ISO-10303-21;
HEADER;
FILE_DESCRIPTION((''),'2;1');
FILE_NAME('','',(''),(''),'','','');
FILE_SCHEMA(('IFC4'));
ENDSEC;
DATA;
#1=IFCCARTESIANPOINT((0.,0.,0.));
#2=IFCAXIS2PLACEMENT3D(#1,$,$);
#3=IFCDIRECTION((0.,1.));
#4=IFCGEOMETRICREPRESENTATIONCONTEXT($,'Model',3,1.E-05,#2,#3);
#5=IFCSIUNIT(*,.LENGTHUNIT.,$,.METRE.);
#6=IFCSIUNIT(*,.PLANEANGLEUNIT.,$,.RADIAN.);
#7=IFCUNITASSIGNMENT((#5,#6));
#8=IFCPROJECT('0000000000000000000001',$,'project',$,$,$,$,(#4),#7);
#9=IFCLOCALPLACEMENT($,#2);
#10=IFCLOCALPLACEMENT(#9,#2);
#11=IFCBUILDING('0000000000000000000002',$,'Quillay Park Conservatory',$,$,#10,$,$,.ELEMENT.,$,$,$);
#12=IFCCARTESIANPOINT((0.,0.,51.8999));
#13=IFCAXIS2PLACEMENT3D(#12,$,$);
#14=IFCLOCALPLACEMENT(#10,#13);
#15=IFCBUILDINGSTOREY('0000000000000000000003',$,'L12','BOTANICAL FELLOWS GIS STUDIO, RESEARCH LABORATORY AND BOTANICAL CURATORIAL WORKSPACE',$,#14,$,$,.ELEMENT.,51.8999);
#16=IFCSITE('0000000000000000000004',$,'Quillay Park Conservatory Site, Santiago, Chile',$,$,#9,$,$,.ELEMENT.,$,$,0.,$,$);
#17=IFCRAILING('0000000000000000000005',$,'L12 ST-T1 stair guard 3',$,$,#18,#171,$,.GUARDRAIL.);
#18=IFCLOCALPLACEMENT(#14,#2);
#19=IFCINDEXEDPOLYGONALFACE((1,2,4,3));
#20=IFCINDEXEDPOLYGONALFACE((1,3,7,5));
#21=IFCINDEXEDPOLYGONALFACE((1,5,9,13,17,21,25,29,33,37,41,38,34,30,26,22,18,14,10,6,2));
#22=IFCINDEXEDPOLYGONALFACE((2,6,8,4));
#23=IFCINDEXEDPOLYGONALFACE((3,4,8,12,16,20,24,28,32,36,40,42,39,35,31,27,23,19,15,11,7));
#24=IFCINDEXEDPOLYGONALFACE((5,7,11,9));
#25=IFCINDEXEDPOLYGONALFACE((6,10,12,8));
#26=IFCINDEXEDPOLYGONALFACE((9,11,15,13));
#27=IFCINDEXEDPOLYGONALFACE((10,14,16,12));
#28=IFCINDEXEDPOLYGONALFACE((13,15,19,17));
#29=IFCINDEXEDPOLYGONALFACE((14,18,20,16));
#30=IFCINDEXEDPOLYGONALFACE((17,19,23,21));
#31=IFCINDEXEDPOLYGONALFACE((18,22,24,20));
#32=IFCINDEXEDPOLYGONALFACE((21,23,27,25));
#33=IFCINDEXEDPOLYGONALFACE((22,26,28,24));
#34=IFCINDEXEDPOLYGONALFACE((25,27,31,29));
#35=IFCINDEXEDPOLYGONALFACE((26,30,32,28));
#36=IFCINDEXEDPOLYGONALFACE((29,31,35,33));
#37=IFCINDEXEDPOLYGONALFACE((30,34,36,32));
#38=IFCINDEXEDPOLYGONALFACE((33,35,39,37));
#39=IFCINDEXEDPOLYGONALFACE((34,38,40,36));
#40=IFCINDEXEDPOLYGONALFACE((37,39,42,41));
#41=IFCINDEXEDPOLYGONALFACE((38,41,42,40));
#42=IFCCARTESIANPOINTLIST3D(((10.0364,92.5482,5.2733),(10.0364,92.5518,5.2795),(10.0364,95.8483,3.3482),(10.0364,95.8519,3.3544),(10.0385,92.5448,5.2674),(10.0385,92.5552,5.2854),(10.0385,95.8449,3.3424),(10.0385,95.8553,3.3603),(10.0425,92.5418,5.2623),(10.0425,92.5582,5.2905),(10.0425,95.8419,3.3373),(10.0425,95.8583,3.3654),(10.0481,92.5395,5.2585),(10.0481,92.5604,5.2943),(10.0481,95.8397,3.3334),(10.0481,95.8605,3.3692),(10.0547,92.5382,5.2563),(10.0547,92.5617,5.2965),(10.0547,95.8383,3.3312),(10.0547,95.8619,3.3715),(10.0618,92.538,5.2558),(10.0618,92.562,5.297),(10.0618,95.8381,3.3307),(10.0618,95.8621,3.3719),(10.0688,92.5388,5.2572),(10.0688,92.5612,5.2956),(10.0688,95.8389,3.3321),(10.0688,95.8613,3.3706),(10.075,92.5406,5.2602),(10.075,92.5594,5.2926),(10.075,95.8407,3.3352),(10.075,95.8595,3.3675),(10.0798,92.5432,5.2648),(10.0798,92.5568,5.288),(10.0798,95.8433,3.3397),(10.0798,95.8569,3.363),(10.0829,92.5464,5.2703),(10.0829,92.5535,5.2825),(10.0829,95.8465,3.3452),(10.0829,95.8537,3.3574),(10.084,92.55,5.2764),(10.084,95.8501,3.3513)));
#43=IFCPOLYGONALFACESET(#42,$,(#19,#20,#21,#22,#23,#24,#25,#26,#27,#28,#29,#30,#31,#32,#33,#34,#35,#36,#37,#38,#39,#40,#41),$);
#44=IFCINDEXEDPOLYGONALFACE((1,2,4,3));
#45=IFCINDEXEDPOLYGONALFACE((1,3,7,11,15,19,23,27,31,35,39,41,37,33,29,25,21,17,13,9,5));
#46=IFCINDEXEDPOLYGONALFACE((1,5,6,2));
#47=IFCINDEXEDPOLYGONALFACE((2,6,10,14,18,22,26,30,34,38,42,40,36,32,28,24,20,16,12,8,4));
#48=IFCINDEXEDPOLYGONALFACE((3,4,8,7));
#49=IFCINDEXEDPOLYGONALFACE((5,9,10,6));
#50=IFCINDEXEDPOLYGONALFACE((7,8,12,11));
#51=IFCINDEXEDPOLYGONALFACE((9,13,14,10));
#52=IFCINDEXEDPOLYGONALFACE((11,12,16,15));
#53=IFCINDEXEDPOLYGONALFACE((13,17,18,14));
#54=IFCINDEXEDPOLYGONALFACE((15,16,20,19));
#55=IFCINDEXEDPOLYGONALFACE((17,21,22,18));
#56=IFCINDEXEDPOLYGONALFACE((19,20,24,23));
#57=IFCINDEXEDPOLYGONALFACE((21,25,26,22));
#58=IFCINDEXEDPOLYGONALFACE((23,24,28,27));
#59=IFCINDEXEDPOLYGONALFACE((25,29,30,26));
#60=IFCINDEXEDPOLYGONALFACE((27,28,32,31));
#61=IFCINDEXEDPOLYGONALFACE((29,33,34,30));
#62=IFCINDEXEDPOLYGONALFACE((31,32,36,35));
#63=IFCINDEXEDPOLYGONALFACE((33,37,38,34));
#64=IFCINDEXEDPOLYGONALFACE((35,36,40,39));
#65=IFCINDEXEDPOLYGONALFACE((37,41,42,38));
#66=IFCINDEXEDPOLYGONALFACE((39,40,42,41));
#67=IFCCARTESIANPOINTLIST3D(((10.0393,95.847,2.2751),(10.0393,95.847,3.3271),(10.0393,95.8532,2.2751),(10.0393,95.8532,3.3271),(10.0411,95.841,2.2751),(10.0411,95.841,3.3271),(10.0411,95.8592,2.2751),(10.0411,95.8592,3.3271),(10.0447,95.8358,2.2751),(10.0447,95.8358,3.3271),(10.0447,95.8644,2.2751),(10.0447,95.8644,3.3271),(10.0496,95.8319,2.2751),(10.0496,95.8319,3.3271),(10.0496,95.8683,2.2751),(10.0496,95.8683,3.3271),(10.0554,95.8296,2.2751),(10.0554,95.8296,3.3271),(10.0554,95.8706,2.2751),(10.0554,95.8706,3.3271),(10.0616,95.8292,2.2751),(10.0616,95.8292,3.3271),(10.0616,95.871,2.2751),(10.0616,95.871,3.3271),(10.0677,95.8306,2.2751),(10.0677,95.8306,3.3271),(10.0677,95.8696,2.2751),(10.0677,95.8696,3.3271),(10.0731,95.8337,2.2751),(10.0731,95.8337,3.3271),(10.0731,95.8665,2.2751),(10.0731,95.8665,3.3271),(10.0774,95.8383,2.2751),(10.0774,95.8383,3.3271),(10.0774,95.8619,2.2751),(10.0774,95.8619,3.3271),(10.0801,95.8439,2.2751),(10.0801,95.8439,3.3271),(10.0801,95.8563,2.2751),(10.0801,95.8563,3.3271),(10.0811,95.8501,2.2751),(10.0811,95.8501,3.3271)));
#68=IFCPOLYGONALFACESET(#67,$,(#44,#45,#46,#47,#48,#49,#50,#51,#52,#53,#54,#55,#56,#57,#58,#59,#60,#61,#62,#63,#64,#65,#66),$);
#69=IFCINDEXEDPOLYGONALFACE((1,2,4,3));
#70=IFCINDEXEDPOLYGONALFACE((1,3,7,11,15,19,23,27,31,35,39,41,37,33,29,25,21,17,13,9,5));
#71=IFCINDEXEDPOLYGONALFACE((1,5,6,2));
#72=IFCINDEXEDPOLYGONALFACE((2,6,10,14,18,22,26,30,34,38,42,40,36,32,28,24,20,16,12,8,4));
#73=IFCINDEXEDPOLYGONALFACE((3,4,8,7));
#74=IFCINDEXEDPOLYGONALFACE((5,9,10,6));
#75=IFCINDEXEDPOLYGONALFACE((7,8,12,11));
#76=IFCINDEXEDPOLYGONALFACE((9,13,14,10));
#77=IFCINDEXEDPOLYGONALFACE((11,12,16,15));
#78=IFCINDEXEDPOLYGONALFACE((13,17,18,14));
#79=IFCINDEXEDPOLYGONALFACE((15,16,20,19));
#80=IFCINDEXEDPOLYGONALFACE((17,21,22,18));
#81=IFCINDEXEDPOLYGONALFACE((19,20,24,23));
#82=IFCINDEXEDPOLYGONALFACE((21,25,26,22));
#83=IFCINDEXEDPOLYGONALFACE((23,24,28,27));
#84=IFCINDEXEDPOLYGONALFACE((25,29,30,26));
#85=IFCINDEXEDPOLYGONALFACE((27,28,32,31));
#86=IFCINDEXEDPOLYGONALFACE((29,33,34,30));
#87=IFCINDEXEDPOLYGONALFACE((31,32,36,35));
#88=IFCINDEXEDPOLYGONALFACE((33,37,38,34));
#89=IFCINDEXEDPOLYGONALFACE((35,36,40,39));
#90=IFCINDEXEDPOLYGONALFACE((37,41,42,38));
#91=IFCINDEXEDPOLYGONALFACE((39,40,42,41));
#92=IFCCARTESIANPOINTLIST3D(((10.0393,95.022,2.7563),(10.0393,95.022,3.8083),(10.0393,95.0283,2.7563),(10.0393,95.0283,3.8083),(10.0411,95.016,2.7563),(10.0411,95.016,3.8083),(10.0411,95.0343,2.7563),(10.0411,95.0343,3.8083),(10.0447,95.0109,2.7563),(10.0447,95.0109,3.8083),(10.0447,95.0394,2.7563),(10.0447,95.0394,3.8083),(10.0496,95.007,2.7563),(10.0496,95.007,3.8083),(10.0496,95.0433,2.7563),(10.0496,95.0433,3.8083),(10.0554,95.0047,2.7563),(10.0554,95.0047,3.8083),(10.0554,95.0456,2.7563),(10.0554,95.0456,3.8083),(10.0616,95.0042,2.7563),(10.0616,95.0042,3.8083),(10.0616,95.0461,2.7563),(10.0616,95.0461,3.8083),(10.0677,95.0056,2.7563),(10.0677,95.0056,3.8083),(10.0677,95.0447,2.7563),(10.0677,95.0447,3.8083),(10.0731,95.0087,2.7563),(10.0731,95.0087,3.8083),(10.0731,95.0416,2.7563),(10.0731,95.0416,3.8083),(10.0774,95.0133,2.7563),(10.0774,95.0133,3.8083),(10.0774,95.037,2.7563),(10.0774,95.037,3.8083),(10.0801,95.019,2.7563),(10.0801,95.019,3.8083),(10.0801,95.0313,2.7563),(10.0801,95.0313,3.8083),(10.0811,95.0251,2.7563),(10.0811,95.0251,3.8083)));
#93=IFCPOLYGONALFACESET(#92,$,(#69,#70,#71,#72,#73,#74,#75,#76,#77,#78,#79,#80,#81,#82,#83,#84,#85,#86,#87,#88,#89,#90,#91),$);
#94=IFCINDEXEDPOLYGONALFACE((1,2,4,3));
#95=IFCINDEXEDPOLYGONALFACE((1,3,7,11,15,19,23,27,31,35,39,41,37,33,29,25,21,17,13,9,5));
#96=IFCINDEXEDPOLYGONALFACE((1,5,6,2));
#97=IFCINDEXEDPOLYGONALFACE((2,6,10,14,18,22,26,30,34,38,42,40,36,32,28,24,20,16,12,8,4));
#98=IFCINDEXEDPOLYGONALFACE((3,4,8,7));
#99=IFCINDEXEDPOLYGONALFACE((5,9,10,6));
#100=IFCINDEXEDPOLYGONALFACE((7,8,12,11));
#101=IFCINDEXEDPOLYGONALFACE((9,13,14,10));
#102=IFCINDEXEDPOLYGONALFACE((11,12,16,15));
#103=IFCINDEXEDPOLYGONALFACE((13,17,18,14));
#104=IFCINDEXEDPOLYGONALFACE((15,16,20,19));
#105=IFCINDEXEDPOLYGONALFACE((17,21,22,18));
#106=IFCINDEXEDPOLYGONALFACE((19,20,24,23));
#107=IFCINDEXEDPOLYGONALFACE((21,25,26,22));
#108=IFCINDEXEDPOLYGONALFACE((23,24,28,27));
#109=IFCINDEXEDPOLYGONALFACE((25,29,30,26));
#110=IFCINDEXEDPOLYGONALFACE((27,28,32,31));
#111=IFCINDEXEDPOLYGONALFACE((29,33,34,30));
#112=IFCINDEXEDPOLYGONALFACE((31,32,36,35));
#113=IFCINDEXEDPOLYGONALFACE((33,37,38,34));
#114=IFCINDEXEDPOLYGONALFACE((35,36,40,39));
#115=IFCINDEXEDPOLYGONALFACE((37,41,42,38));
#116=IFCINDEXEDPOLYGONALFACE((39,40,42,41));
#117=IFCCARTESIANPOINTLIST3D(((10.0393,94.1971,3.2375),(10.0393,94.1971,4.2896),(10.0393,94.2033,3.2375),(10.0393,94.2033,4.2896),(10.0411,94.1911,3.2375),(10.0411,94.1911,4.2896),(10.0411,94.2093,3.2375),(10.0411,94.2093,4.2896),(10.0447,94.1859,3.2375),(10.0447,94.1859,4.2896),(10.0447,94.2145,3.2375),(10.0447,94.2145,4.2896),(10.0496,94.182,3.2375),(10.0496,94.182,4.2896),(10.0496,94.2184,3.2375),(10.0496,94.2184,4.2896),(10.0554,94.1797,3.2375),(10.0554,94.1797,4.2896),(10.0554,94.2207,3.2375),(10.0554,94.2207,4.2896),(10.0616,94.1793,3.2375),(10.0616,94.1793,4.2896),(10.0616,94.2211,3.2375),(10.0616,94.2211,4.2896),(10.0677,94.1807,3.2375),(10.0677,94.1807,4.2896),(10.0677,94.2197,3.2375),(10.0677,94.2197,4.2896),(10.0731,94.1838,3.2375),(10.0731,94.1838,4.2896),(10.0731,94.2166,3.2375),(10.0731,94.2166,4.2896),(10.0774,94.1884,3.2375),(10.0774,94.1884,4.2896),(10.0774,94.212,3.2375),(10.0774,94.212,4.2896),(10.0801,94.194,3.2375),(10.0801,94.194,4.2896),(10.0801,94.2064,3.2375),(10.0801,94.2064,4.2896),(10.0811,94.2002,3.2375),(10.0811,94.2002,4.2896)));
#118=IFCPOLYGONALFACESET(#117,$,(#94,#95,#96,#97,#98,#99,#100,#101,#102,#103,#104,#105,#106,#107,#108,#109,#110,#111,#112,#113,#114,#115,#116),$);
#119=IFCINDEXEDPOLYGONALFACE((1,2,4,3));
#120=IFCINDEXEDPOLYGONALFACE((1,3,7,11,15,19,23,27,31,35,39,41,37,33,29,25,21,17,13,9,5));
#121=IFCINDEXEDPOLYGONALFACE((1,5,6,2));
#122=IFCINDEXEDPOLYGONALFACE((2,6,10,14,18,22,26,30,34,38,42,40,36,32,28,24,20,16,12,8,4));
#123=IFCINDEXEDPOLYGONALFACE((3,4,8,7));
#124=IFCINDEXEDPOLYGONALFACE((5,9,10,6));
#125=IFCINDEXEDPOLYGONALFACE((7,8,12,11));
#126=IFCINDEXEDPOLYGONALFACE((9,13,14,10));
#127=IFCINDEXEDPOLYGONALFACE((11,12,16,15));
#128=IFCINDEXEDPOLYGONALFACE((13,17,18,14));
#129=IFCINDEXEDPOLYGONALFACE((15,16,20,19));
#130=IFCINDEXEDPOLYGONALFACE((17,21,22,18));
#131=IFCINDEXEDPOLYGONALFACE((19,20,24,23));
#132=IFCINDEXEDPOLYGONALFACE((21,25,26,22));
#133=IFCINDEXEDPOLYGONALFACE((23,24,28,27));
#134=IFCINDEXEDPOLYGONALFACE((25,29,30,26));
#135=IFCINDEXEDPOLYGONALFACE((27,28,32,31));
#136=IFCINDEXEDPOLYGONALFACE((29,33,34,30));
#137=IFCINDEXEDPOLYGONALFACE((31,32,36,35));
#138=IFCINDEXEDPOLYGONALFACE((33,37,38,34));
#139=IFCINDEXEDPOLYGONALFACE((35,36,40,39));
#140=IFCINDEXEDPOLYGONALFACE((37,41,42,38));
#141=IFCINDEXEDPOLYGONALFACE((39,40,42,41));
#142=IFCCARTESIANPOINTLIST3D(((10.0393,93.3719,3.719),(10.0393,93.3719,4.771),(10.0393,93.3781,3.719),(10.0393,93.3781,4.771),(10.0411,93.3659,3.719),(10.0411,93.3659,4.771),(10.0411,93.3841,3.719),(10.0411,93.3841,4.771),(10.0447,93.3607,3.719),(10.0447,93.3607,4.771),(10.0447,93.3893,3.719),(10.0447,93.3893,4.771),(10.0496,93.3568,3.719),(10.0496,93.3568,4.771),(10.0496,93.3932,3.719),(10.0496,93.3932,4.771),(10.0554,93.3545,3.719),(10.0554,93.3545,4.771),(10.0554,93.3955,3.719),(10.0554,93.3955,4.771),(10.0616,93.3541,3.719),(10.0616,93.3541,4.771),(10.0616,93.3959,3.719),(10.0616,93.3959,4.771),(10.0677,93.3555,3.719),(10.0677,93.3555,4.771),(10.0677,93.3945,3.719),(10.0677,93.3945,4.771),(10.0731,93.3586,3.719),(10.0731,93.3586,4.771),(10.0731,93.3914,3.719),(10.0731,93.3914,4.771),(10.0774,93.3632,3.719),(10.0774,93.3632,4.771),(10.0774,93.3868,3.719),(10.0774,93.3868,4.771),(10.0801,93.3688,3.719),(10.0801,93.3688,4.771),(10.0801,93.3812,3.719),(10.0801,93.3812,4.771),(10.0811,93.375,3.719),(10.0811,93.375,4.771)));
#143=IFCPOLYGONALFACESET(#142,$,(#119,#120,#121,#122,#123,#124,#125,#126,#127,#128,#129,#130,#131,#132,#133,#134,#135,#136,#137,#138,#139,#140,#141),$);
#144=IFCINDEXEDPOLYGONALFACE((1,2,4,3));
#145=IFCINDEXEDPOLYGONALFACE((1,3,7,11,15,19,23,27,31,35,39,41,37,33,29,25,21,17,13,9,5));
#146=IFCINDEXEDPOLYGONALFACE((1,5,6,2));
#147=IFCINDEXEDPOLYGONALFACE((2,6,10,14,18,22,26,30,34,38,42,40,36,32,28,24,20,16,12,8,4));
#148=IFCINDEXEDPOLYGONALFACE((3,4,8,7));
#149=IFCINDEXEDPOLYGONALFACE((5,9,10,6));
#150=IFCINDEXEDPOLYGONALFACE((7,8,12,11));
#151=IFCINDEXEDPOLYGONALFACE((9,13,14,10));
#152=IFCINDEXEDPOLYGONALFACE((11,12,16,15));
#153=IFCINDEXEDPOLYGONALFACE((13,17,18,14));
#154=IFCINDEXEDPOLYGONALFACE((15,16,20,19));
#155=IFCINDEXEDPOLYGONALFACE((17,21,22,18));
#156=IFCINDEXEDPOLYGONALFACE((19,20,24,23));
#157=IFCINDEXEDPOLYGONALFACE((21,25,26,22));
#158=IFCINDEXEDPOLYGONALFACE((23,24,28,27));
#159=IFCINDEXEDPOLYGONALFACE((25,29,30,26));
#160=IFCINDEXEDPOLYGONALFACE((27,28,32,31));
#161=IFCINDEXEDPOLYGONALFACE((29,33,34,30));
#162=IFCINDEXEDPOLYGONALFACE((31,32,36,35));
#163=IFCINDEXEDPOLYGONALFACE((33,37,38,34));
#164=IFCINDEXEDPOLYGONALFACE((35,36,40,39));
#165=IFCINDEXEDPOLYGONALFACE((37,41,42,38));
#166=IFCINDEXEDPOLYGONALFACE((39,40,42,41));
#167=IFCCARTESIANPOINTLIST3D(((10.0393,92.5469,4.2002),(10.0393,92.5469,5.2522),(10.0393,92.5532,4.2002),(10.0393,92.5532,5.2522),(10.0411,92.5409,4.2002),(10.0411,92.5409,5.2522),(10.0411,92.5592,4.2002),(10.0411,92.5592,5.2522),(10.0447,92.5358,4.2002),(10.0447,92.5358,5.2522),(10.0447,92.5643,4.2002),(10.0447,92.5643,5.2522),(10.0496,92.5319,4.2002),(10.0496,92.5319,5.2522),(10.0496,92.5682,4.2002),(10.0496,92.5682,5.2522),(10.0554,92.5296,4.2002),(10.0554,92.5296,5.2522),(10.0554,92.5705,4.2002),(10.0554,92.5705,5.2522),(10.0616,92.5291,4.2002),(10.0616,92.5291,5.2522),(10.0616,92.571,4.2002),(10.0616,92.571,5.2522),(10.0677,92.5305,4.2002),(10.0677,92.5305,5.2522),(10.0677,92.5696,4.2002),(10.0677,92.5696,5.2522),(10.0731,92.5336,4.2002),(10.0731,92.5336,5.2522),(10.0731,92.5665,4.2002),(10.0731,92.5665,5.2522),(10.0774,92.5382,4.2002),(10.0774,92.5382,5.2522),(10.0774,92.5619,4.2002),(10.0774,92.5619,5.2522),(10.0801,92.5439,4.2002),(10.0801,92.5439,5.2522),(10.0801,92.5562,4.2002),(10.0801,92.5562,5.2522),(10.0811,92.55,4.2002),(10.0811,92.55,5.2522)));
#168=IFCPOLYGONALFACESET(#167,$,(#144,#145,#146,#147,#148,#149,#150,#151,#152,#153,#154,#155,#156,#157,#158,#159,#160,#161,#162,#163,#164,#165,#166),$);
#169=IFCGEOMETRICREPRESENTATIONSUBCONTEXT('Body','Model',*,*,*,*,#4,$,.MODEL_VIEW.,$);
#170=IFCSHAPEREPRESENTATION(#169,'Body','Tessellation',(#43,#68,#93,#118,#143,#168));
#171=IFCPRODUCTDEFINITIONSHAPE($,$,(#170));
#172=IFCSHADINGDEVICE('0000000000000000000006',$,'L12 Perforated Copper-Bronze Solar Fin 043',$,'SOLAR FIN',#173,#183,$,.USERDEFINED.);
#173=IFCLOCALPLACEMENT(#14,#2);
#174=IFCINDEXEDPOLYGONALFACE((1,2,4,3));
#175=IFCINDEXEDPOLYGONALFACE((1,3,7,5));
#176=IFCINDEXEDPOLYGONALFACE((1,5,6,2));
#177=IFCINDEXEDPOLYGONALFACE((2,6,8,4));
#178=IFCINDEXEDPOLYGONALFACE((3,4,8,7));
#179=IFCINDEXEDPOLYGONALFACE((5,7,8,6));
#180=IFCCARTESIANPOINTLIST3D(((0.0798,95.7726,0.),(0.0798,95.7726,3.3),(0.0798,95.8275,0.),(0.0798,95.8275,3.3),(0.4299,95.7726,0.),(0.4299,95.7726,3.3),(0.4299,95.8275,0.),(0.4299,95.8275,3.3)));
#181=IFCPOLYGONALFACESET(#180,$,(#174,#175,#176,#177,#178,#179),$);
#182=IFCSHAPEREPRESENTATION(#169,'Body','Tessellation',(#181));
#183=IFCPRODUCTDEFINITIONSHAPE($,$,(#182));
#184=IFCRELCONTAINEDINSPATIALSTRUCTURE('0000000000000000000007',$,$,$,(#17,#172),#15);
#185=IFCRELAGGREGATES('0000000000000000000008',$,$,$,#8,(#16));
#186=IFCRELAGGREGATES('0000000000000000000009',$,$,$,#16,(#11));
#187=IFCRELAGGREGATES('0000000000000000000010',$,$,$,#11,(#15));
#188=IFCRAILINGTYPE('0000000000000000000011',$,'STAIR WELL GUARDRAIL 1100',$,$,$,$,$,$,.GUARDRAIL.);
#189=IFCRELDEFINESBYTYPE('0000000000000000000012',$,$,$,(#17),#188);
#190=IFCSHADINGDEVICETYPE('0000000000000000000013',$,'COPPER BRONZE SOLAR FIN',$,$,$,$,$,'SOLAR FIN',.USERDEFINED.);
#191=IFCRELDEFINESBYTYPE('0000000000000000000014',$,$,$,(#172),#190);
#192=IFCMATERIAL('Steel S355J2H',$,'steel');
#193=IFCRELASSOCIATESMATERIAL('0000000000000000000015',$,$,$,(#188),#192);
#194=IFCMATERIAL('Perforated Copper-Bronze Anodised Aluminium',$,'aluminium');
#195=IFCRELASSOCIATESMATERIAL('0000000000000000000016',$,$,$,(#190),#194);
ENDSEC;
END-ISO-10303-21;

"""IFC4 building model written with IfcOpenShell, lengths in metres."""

from ifc_helpers import new_model, si_unit, direction, frame, origin, origin_2d, place, context, subcontext, project, spatial, rectangle, circle, extrude, material, type_object, element, save


model = new_model("IFC4")

# Units and contexts
model_context = context("Model", 3, precision=1e-05, world=origin(), true_north=direction((0.0, 1.0)))
body_context = subcontext(model_context, "Body", "Model", "MODEL_VIEW")
ifc_project = project(units=[si_unit("LENGTHUNIT", "METRE"), si_unit("PLANEANGLEUNIT", "RADIAN")], contexts=[model_context])

# Site, building, storey
site_placement = place(None, origin())
site = spatial("IfcSite", under=ifc_project, at=site_placement, Name="Quillay Park Conservatory Site, Santiago, Chile", CompositionType="ELEMENT", RefElevation=0.0)
building_placement = place(site_placement, origin())
building = spatial("IfcBuilding", under=site, at=building_placement, Name="Quillay Park Conservatory", CompositionType="ELEMENT")
storey_placement = place(building_placement, frame((0.0, 0.0, 51.8999)))
storey = spatial("IfcBuildingStorey", under=building, at=storey_placement, Name="L12", Description="BOTANICAL FELLOWS GIS STUDIO, RESEARCH LABORATORY AND BOTANICAL CURATORIAL WORKSPACE", CompositionType="ELEMENT", Elevation=51.8999)

# Railing
ifc_material_1 = material(Name="Steel S355J2H", Category="steel")
railing_type_1 = type_object("IfcRailingType", Name="STAIR WELL GUARDRAIL 1100", PredefinedType="GUARDRAIL", material=ifc_material_1)
railing_1_placement = place(storey_placement, frame((10.0601, 95.8501, 2.2751)))
element("IfcRailing", 1, at=railing_1_placement, inside=storey, type_object=railing_type_1, Name="L12 ST-T1 stair guard 3", PredefinedType="GUARDRAIL", context=body_context, shape_type="SweptSolid", body=[
    extrude(circle(Radius=0.0239, at=origin_2d()), frame((0.0, 0.0, 1.0762), z_axis=(0.0, -0.863777, 0.503875), x_axis=(1.0, 0.0, 0.0)), (0.0, 0.0, 1.0), 3.8206),
    extrude(circle(Radius=0.021, at=origin_2d()), origin(), (0.0, 0.0, 1.0), 1.052),
    extrude(circle(Radius=0.021, at=origin_2d()), frame((0.0, -0.825, 0.4812)), (0.0, 0.0, 1.0), 1.052),
    extrude(circle(Radius=0.021, at=origin_2d()), frame((0.0, -1.6499, 0.9624)), (0.0, 0.0, 1.0), 1.052),
    extrude(circle(Radius=0.021, at=origin_2d()), frame((0.0, -2.4751, 1.4438)), (0.0, 0.0, 1.0), 1.052),
    extrude(circle(Radius=0.021, at=origin_2d()), frame((0.0, -3.3, 1.925)), (0.0, 0.0, 1.0), 1.052),
])

# Shading device
ifc_material_2 = material(Name="Perforated Copper-Bronze Anodised Aluminium", Category="aluminium")
shading_device_type = type_object("IfcShadingDeviceType", Name="COPPER BRONZE SOLAR FIN", ElementType="SOLAR FIN", PredefinedType="USERDEFINED", material=ifc_material_2)
shading_device_placement = place(storey_placement, frame((0.2549, 95.8, 0.0), z_axis=(0.0, 0.0, 1.0), x_axis=(1.0, 0.0, 0.0)))
element("IfcShadingDevice", 2, at=shading_device_placement, inside=storey, type_object=shading_device_type, Name="L12 Perforated Copper-Bronze Solar Fin 043", ObjectType="SOLAR FIN", PredefinedType="USERDEFINED", context=body_context, shape_type="SweptSolid", body=[
    extrude(rectangle(XDim=0.3501, YDim=0.0549, at=origin_2d()), origin(), (0.0, 0.0, 1.0), 3.3),
])

save(model, "model.ifc")
